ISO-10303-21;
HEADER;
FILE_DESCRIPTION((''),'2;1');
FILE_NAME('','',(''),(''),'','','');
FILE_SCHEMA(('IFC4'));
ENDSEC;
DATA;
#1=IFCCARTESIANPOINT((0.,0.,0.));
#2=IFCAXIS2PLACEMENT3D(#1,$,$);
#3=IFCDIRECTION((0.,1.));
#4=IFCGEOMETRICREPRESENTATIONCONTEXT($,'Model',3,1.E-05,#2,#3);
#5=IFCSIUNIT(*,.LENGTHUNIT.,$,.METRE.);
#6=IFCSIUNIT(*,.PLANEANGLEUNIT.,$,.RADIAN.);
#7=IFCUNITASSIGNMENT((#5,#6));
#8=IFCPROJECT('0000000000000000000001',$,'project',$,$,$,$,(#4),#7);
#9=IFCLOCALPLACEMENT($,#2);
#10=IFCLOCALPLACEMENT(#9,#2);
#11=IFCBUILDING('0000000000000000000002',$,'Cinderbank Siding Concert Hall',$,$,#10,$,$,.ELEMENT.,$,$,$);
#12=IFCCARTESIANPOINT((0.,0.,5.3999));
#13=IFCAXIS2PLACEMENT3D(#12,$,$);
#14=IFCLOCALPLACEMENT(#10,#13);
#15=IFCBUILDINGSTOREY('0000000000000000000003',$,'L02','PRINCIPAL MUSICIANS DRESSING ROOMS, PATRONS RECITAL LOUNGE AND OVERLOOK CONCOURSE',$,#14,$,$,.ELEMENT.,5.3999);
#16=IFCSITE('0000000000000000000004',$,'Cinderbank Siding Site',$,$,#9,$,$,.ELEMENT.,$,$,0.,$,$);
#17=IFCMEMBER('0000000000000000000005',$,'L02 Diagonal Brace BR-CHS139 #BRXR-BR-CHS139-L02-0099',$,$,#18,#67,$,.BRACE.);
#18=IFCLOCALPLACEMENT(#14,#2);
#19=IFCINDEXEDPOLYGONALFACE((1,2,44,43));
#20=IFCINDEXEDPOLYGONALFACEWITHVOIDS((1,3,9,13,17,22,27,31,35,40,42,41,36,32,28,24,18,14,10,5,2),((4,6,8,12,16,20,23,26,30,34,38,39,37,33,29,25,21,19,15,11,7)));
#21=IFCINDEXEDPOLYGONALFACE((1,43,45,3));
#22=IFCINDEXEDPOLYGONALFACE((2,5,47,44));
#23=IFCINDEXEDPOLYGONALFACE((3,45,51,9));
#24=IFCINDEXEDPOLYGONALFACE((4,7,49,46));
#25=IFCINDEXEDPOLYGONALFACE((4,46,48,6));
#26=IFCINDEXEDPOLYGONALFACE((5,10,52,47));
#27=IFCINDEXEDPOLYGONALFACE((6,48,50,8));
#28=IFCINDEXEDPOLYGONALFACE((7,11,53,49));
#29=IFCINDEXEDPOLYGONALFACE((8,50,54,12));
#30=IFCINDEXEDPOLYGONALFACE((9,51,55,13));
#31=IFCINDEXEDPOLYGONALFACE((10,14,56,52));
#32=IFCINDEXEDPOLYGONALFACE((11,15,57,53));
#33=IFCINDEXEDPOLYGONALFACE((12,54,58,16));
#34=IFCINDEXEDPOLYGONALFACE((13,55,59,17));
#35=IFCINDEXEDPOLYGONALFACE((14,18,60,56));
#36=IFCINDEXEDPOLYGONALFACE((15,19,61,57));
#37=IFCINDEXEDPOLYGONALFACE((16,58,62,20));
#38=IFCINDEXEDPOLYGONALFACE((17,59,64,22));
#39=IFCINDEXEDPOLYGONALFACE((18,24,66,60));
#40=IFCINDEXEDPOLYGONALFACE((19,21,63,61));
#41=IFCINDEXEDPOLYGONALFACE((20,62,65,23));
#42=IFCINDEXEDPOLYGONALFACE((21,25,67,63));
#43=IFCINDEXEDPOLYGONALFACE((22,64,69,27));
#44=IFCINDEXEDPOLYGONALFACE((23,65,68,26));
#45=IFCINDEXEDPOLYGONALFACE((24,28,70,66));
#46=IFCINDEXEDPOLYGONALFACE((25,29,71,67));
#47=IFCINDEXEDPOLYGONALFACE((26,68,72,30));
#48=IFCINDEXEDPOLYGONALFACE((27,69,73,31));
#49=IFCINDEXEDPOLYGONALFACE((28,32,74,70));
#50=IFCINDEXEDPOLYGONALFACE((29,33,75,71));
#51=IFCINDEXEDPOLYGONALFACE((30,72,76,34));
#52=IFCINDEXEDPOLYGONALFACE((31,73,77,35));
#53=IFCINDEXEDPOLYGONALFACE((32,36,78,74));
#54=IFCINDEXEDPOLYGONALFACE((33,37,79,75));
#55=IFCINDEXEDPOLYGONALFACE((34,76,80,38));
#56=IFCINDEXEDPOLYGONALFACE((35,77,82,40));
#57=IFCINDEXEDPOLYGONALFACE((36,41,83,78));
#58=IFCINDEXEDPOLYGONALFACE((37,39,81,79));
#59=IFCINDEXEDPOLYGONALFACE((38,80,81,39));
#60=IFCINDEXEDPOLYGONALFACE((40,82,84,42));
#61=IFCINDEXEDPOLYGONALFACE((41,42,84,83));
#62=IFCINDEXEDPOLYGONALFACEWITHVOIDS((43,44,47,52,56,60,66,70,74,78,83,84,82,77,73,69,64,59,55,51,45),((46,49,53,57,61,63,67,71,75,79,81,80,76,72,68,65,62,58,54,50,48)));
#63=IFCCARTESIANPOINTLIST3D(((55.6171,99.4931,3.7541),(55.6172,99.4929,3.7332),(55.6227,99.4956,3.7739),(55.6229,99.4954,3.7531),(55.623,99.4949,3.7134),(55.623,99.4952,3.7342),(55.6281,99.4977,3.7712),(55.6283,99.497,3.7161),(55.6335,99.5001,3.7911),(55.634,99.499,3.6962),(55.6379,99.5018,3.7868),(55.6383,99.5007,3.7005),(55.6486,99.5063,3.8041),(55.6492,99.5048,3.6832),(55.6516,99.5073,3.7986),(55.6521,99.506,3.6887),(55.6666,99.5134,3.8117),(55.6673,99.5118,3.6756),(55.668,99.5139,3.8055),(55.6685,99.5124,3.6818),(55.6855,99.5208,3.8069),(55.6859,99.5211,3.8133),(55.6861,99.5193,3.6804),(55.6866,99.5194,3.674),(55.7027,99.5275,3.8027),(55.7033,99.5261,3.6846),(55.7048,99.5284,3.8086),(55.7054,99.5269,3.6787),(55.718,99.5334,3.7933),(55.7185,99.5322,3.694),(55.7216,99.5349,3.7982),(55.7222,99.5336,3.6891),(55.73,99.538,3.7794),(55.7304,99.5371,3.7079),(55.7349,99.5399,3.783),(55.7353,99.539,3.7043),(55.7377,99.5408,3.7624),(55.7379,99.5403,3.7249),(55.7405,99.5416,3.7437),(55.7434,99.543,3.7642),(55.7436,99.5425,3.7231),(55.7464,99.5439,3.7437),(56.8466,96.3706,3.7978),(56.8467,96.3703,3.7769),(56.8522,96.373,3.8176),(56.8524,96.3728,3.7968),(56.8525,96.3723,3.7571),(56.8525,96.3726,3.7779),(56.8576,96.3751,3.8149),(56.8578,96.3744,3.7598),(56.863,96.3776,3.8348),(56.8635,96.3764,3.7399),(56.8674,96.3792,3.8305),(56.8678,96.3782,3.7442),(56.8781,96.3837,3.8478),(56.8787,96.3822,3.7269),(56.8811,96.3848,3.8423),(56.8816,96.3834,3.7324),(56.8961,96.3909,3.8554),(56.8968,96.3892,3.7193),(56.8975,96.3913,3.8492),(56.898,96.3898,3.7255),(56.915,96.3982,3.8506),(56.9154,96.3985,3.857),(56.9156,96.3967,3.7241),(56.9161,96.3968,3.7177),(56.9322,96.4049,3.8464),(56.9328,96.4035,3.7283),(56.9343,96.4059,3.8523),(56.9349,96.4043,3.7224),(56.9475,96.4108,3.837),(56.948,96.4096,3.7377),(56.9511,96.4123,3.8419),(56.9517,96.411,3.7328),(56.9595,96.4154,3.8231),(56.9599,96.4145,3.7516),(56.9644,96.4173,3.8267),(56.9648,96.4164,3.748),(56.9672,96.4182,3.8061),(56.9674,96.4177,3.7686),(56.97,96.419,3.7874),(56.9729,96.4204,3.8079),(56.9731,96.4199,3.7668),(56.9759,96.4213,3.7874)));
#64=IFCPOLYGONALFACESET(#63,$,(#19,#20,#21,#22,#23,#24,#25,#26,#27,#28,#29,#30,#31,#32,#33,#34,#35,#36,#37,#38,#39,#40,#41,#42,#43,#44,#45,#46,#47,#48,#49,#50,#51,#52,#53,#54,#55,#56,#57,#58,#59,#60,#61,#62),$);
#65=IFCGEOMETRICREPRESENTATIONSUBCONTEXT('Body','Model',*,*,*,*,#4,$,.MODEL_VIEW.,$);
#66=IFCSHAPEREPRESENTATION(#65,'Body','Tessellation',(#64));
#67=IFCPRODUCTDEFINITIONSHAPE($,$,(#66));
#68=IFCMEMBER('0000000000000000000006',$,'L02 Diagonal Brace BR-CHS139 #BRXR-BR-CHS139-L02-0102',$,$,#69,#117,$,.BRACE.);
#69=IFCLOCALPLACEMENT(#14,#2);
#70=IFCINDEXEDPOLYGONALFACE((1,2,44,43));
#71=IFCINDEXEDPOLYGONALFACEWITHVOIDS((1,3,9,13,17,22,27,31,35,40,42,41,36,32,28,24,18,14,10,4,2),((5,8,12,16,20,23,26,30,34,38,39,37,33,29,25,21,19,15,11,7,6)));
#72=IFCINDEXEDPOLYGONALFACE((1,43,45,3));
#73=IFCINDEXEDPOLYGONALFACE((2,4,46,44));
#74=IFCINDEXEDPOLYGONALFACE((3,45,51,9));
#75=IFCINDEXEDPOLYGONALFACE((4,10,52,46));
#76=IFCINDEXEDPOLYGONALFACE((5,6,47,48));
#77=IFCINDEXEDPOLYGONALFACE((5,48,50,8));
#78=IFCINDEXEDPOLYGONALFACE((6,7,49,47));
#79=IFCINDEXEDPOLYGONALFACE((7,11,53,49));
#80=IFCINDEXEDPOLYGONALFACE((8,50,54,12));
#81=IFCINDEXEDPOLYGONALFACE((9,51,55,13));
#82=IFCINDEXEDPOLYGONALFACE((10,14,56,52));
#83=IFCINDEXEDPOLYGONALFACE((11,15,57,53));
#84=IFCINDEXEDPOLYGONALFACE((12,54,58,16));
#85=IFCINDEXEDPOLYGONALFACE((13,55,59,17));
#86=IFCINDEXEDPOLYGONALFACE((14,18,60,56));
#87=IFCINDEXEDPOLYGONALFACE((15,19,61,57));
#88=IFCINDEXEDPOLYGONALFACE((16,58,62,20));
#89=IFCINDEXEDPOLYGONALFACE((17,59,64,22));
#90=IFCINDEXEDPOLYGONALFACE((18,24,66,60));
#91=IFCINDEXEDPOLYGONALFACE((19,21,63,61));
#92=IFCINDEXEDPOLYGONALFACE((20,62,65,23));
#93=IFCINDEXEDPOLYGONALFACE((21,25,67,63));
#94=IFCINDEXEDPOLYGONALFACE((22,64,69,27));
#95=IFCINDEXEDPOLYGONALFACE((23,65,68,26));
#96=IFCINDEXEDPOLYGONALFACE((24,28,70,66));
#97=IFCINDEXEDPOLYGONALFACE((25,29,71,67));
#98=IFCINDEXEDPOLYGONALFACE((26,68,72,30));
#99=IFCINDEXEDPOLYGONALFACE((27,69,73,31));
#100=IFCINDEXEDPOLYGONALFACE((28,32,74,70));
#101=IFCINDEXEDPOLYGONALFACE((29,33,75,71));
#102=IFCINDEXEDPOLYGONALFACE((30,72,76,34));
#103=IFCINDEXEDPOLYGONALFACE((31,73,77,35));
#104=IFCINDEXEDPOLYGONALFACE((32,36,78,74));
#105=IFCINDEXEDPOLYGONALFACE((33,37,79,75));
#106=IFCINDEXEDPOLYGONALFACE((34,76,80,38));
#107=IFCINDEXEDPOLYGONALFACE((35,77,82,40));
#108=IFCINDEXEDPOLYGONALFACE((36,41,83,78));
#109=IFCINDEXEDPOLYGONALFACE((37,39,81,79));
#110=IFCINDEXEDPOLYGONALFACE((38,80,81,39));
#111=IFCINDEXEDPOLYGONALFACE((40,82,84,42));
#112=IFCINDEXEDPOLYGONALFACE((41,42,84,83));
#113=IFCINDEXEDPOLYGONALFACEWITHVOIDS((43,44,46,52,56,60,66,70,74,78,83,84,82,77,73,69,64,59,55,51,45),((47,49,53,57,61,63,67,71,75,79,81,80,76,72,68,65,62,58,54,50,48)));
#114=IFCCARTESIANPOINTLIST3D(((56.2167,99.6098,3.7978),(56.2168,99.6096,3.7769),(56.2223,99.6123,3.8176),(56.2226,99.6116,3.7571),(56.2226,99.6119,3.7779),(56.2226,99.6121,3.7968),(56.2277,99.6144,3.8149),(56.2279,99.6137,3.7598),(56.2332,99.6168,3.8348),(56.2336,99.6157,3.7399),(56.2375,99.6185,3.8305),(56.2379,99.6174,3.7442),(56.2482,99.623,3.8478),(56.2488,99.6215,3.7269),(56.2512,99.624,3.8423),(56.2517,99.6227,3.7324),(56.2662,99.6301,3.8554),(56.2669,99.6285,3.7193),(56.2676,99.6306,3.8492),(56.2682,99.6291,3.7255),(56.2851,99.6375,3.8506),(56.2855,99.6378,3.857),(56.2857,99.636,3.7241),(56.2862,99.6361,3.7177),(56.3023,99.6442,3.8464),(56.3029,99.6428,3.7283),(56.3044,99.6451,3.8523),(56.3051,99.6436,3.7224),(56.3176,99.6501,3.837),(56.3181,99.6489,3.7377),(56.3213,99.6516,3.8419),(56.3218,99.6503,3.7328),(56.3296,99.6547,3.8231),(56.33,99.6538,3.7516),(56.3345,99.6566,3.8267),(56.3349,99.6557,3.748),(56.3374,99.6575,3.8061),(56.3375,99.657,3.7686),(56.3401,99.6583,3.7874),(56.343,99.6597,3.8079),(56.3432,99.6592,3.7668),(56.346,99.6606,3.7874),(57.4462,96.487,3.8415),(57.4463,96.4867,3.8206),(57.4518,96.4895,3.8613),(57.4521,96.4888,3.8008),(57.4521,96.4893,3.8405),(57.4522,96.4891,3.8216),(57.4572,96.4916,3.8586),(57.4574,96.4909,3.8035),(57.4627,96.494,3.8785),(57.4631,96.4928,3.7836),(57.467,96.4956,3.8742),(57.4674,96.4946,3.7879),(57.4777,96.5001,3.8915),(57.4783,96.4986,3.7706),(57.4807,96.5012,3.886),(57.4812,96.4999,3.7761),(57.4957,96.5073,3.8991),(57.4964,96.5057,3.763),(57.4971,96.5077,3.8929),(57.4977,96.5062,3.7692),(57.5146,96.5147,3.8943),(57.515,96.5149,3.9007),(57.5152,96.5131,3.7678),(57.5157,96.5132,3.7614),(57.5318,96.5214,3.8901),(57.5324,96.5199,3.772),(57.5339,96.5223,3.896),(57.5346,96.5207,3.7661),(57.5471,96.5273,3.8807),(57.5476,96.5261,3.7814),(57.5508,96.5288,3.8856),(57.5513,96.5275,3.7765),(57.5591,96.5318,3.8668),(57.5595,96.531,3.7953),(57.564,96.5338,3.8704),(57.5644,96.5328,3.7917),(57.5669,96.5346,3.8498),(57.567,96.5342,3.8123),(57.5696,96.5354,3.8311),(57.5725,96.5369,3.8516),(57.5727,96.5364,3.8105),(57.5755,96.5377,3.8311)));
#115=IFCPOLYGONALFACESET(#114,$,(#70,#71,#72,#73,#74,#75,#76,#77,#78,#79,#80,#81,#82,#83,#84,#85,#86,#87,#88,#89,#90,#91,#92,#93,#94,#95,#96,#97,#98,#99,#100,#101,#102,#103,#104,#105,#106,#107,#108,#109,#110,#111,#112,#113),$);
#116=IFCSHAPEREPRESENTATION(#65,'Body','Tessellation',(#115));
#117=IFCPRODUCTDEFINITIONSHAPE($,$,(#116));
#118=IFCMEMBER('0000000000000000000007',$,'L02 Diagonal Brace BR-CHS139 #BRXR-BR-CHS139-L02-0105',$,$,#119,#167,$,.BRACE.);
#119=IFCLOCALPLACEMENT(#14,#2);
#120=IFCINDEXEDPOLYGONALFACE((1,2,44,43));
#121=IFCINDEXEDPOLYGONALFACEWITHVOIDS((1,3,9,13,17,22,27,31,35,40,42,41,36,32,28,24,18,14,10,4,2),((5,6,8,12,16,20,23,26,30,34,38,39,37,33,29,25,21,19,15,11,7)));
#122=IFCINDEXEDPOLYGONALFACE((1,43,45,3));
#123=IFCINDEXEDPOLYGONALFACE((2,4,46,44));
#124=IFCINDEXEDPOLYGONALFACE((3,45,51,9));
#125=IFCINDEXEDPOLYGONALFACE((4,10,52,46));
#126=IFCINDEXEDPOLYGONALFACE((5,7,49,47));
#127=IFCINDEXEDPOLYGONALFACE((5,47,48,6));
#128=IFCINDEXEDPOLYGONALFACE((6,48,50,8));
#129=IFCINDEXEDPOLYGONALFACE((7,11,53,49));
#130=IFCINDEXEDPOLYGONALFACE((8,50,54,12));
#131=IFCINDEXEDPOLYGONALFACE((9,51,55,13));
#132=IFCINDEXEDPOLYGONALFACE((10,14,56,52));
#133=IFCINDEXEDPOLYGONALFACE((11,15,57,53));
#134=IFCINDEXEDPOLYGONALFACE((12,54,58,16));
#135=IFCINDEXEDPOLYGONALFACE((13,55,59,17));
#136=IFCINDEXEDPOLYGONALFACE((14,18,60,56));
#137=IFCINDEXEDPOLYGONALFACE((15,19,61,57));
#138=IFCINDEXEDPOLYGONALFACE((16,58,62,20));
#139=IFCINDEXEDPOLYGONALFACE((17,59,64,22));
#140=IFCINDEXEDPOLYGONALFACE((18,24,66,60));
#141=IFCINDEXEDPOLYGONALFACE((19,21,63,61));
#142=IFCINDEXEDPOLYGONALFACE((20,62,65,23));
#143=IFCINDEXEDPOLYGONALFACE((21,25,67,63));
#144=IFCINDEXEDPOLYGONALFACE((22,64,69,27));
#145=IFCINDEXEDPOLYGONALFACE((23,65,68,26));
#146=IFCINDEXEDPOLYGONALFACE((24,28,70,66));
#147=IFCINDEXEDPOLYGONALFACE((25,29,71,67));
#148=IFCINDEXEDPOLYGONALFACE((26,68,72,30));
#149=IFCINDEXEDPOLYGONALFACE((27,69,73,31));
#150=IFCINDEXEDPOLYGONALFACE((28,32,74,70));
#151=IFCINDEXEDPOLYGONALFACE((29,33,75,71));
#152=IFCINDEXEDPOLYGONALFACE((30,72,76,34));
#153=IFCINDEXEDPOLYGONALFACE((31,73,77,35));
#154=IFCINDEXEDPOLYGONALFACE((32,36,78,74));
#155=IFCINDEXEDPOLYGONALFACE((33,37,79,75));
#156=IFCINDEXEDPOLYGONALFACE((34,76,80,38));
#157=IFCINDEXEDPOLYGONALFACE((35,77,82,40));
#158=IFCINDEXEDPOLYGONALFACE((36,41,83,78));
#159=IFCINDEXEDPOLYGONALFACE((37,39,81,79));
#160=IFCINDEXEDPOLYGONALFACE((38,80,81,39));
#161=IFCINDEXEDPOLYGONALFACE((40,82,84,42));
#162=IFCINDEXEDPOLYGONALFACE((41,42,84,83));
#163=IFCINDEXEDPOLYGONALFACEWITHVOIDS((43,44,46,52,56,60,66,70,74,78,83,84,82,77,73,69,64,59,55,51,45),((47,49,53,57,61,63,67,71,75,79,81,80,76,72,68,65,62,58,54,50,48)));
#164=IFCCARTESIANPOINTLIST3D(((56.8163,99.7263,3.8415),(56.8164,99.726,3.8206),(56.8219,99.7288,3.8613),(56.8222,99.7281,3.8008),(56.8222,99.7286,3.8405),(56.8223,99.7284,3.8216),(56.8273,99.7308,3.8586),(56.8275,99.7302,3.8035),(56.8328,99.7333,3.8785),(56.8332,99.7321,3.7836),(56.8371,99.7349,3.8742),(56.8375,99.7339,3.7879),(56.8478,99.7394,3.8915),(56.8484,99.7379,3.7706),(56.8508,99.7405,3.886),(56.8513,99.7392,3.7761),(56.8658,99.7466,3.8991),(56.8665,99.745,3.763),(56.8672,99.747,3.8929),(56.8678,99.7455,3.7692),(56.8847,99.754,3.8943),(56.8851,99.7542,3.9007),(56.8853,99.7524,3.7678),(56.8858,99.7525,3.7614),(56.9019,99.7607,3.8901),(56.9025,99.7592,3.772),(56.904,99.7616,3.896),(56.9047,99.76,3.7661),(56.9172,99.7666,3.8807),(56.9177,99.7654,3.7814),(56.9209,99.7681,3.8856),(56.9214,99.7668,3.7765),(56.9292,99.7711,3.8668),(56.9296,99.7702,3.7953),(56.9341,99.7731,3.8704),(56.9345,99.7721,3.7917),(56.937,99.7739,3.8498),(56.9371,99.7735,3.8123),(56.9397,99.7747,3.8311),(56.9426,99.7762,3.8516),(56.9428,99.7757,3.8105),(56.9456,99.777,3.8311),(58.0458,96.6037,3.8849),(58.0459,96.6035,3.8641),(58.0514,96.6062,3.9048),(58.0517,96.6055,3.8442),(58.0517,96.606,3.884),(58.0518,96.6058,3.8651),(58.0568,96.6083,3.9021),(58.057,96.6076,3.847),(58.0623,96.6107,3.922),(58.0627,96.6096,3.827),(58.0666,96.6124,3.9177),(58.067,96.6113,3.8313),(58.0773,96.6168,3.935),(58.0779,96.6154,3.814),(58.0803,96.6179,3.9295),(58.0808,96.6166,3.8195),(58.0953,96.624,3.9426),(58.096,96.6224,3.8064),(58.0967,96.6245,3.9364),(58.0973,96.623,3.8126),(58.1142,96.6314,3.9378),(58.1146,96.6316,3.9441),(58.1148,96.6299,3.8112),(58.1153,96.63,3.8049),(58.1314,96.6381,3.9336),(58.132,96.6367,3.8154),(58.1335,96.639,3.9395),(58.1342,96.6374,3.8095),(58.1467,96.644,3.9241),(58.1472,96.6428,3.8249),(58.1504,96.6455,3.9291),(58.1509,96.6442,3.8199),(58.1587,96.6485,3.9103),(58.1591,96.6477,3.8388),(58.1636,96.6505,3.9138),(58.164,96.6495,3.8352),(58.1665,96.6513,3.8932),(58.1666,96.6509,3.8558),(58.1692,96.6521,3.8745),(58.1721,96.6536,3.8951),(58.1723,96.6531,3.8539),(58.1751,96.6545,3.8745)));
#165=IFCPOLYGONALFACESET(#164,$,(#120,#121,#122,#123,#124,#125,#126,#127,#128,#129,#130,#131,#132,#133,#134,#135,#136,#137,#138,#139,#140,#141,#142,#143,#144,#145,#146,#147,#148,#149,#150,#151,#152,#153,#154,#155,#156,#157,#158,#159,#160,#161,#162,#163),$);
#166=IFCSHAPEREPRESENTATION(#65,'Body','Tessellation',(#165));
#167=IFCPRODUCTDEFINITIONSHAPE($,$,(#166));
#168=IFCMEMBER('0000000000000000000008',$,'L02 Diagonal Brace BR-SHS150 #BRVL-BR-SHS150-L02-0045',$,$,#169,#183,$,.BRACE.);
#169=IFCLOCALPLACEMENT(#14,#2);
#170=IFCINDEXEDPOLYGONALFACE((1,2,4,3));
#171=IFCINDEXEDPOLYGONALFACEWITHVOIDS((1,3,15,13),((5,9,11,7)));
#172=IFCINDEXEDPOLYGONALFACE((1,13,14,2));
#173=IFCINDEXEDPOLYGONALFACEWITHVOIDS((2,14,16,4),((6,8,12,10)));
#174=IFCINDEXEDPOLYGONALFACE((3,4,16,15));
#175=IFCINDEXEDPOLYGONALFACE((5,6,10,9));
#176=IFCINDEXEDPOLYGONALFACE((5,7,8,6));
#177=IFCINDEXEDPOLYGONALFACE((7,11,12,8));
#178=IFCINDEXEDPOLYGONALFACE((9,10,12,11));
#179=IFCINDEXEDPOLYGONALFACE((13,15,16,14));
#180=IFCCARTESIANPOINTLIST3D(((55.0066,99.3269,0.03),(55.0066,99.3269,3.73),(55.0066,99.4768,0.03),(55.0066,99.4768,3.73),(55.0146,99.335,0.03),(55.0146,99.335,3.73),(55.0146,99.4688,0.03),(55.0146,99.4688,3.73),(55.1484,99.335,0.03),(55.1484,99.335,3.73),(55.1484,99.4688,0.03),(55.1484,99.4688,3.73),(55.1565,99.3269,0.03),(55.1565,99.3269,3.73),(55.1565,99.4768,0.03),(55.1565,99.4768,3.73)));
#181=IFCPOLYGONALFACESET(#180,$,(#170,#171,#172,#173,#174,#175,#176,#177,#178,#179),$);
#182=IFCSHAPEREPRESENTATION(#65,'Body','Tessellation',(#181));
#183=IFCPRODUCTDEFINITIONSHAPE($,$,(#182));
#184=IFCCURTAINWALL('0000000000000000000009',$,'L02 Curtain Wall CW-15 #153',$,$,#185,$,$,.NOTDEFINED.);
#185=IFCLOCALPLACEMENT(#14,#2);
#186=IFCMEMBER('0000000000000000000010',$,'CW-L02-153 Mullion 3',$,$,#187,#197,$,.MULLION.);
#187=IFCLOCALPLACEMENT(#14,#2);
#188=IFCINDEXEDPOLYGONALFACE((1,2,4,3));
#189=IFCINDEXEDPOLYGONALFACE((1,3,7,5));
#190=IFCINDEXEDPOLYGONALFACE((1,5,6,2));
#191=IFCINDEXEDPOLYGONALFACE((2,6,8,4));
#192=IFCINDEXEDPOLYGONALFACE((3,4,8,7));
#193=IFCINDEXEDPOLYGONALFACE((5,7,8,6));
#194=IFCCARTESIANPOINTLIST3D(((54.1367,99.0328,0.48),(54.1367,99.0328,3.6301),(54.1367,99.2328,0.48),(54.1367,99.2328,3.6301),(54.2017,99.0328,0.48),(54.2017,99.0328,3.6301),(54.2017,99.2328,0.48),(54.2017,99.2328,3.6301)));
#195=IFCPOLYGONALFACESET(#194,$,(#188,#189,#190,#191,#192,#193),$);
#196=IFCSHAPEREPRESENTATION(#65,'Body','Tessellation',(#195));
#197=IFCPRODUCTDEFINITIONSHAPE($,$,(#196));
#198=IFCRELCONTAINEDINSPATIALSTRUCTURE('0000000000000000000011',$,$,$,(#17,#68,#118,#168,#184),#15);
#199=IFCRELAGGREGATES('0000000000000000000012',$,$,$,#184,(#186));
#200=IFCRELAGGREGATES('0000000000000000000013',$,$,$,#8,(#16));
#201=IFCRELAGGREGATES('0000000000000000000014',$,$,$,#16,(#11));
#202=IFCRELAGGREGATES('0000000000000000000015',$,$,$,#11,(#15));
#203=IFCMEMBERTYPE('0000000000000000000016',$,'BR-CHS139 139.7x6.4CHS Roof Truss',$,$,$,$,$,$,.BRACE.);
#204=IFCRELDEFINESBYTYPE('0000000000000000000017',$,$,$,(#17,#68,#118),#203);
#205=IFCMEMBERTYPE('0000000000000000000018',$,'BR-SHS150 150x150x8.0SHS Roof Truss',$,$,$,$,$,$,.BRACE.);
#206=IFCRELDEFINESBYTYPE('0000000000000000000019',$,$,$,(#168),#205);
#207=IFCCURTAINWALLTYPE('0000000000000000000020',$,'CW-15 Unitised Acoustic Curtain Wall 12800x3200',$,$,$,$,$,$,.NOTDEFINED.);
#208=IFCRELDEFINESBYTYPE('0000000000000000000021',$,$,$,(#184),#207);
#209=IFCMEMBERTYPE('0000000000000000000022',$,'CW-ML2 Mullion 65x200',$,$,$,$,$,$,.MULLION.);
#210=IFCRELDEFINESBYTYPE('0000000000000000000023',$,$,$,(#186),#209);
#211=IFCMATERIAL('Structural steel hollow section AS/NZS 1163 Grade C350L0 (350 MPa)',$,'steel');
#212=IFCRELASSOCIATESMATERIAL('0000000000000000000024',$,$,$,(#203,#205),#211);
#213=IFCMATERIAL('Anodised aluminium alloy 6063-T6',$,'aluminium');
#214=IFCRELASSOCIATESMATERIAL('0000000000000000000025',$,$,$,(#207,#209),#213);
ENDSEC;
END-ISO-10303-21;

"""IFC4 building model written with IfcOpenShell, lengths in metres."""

from ifc_helpers import new_model, si_unit, direction, frame, origin, origin_2d, place, context, subcontext, project, spatial, rectangle, hollow_rectangle, hollow_circle, extrude, material, material_profile, profile_set, type_object, element, aggregate, save


model = new_model("IFC4")

# Units and contexts
model_context = context("Model", 3, precision=1e-05, world=origin(), true_north=direction((0.0, 1.0)))
body_context = subcontext(model_context, "Body", "Model", "MODEL_VIEW")
ifc_project = project(units=[si_unit("LENGTHUNIT", "METRE"), si_unit("PLANEANGLEUNIT", "RADIAN")], contexts=[model_context])

# Site, building, storey
site_placement = place(None, origin())
site = spatial("IfcSite", under=ifc_project, at=site_placement, Name="Cinderbank Siding Site", CompositionType="ELEMENT", RefElevation=0.0)
building_placement = place(site_placement, origin())
building = spatial("IfcBuilding", under=site, at=building_placement, Name="Cinderbank Siding Concert Hall", CompositionType="ELEMENT")
storey_placement = place(building_placement, frame((0.0, 0.0, 5.3999)))
storey = spatial("IfcBuildingStorey", under=building, at=storey_placement, Name="L02", Description="PRINCIPAL MUSICIANS DRESSING ROOMS, PATRONS RECITAL LOUNGE AND OVERLOOK CONCOURSE", CompositionType="ELEMENT", Elevation=5.3999)

# Members
ifc_material_1 = material(Name="Structural steel hollow section AS/NZS 1163 Grade C350L0 (350 MPa)", Category="steel")
ifc_material_profile_1 = material_profile(ifc_material_1, hollow_circle(Radius=0.0698, WallThickness=0.0063, at=origin_2d()), Name="139.7x6.4CHS", Category="LoadBearing")
ifc_profile_set_1 = profile_set([ifc_material_profile_1], Name="Structural steel hollow section AS/NZS 1163 Grade C350L0 (350 MPa)")
member_type_1 = type_object("IfcMemberType", Name="BR-CHS139 139.7x6.4CHS Roof Truss", PredefinedType="BRACE", material=ifc_profile_set_1)
member_1_placement = place(storey_placement, frame((55.6814, 99.5183, 3.7437), z_axis=(0.366337, -0.930391, 0.013021), x_axis=(0.93047, 0.366368, 0.0)))
element("IfcMember", 1, at=member_1_placement, inside=storey, type_object=member_type_1, Name="L02 Diagonal Brace BR-CHS139 #BRXR-BR-CHS139-L02-0099", PredefinedType="BRACE", context=body_context, shape_type="SweptSolid", body=[
    extrude(hollow_circle(Radius=0.0698, WallThickness=0.0063, at=origin_2d()), origin(), (0.0, 0.0, 1.0), 3.3562),
])
member_2_placement = place(storey_placement, frame((56.281, 99.635, 3.7874), z_axis=(0.366312, -0.930401, 0.01302), x_axis=(0.93048, 0.366343, 0.0)))
element("IfcMember", 2, at=member_2_placement, inside=storey, type_object=member_type_1, Name="L02 Diagonal Brace BR-CHS139 #BRXR-BR-CHS139-L02-0102", PredefinedType="BRACE", context=body_context, shape_type="SweptSolid", body=[
    extrude(hollow_circle(Radius=0.0698, WallThickness=0.0063, at=origin_2d()), origin(), (0.0, 0.0, 1.0), 3.3564),
])
member_3_placement = place(storey_placement, frame((56.8806, 99.7515, 3.8311), z_axis=(0.366337, -0.930392, 0.012948), x_axis=(0.93047, 0.366368, 0.0)))
element("IfcMember", 3, at=member_3_placement, inside=storey, type_object=member_type_1, Name="L02 Diagonal Brace BR-CHS139 #BRXR-BR-CHS139-L02-0105", PredefinedType="BRACE", context=body_context, shape_type="SweptSolid", body=[
    extrude(hollow_circle(Radius=0.0698, WallThickness=0.0063, at=origin_2d()), origin(), (0.0, 0.0, 1.0), 3.3562),
])
ifc_material_profile_2 = material_profile(ifc_material_1, hollow_rectangle(XDim=0.1499, YDim=0.1499, WallThickness=0.0081, at=origin_2d()), Name="150x150x8.0SHS", Category="LoadBearing")
ifc_profile_set_2 = profile_set([ifc_material_profile_2], Name="Structural steel hollow section AS/NZS 1163 Grade C350L0 (350 MPa)")
member_type_2 = type_object("IfcMemberType", Name="BR-SHS150 150x150x8.0SHS Roof Truss", PredefinedType="BRACE", material=ifc_profile_set_2)
member_4_placement = place(storey_placement, frame((55.0815, 99.4019, 0.03), z_axis=(0.0, 0.0, 1.0), x_axis=(1.0, 0.0, 0.0)))
element("IfcMember", 4, at=member_4_placement, inside=storey, type_object=member_type_2, Name="L02 Diagonal Brace BR-SHS150 #BRVL-BR-SHS150-L02-0045", PredefinedType="BRACE", context=body_context, shape_type="SweptSolid", body=[
    extrude(hollow_rectangle(XDim=0.1499, YDim=0.1499, WallThickness=0.0081, at=origin_2d()), origin(), (0.0, 0.0, 1.0), 3.7),
])

# Curtain wall, member
ifc_material_2 = material(Name="Anodised aluminium alloy 6063-T6", Category="aluminium")
curtain_wall_type = type_object("IfcCurtainWallType", Name="CW-15 Unitised Acoustic Curtain Wall 12800x3200", PredefinedType="NOTDEFINED", material=ifc_material_2)
curtain_wall_placement = place(storey_placement, origin())
curtain_wall = element("IfcCurtainWall", 5, at=curtain_wall_placement, inside=storey, type_object=curtain_wall_type, Name="L02 Curtain Wall CW-15 #153", PredefinedType="NOTDEFINED")
ifc_material_profile_3 = material_profile(ifc_material_2, rectangle(XDim=0.0649, YDim=0.2, at=origin_2d()), Name="ALU-MULL-65x200", Category="LoadBearing")
ifc_profile_set_3 = profile_set([ifc_material_profile_3], Name="Anodised aluminium alloy 6063-T6")
member_type_3 = type_object("IfcMemberType", Name="CW-ML2 Mullion 65x200", PredefinedType="MULLION", material=ifc_profile_set_3)
member_5_placement = place(storey_placement, frame((54.1692, 99.1328, 0.48), z_axis=(0.0, 0.0, 1.0), x_axis=(1.0, 0.0, 0.0)))
member_5 = element("IfcMember", 6, at=member_5_placement, type_object=member_type_3, Name="CW-L02-153 Mullion 3", PredefinedType="MULLION", context=body_context, shape_type="SweptSolid", body=[
    extrude(rectangle(XDim=0.0649, YDim=0.2, at=origin_2d()), origin(), (0.0, 0.0, 1.0), 3.1501),
])
aggregate(curtain_wall, [member_5])

save(model, "model.ifc")
